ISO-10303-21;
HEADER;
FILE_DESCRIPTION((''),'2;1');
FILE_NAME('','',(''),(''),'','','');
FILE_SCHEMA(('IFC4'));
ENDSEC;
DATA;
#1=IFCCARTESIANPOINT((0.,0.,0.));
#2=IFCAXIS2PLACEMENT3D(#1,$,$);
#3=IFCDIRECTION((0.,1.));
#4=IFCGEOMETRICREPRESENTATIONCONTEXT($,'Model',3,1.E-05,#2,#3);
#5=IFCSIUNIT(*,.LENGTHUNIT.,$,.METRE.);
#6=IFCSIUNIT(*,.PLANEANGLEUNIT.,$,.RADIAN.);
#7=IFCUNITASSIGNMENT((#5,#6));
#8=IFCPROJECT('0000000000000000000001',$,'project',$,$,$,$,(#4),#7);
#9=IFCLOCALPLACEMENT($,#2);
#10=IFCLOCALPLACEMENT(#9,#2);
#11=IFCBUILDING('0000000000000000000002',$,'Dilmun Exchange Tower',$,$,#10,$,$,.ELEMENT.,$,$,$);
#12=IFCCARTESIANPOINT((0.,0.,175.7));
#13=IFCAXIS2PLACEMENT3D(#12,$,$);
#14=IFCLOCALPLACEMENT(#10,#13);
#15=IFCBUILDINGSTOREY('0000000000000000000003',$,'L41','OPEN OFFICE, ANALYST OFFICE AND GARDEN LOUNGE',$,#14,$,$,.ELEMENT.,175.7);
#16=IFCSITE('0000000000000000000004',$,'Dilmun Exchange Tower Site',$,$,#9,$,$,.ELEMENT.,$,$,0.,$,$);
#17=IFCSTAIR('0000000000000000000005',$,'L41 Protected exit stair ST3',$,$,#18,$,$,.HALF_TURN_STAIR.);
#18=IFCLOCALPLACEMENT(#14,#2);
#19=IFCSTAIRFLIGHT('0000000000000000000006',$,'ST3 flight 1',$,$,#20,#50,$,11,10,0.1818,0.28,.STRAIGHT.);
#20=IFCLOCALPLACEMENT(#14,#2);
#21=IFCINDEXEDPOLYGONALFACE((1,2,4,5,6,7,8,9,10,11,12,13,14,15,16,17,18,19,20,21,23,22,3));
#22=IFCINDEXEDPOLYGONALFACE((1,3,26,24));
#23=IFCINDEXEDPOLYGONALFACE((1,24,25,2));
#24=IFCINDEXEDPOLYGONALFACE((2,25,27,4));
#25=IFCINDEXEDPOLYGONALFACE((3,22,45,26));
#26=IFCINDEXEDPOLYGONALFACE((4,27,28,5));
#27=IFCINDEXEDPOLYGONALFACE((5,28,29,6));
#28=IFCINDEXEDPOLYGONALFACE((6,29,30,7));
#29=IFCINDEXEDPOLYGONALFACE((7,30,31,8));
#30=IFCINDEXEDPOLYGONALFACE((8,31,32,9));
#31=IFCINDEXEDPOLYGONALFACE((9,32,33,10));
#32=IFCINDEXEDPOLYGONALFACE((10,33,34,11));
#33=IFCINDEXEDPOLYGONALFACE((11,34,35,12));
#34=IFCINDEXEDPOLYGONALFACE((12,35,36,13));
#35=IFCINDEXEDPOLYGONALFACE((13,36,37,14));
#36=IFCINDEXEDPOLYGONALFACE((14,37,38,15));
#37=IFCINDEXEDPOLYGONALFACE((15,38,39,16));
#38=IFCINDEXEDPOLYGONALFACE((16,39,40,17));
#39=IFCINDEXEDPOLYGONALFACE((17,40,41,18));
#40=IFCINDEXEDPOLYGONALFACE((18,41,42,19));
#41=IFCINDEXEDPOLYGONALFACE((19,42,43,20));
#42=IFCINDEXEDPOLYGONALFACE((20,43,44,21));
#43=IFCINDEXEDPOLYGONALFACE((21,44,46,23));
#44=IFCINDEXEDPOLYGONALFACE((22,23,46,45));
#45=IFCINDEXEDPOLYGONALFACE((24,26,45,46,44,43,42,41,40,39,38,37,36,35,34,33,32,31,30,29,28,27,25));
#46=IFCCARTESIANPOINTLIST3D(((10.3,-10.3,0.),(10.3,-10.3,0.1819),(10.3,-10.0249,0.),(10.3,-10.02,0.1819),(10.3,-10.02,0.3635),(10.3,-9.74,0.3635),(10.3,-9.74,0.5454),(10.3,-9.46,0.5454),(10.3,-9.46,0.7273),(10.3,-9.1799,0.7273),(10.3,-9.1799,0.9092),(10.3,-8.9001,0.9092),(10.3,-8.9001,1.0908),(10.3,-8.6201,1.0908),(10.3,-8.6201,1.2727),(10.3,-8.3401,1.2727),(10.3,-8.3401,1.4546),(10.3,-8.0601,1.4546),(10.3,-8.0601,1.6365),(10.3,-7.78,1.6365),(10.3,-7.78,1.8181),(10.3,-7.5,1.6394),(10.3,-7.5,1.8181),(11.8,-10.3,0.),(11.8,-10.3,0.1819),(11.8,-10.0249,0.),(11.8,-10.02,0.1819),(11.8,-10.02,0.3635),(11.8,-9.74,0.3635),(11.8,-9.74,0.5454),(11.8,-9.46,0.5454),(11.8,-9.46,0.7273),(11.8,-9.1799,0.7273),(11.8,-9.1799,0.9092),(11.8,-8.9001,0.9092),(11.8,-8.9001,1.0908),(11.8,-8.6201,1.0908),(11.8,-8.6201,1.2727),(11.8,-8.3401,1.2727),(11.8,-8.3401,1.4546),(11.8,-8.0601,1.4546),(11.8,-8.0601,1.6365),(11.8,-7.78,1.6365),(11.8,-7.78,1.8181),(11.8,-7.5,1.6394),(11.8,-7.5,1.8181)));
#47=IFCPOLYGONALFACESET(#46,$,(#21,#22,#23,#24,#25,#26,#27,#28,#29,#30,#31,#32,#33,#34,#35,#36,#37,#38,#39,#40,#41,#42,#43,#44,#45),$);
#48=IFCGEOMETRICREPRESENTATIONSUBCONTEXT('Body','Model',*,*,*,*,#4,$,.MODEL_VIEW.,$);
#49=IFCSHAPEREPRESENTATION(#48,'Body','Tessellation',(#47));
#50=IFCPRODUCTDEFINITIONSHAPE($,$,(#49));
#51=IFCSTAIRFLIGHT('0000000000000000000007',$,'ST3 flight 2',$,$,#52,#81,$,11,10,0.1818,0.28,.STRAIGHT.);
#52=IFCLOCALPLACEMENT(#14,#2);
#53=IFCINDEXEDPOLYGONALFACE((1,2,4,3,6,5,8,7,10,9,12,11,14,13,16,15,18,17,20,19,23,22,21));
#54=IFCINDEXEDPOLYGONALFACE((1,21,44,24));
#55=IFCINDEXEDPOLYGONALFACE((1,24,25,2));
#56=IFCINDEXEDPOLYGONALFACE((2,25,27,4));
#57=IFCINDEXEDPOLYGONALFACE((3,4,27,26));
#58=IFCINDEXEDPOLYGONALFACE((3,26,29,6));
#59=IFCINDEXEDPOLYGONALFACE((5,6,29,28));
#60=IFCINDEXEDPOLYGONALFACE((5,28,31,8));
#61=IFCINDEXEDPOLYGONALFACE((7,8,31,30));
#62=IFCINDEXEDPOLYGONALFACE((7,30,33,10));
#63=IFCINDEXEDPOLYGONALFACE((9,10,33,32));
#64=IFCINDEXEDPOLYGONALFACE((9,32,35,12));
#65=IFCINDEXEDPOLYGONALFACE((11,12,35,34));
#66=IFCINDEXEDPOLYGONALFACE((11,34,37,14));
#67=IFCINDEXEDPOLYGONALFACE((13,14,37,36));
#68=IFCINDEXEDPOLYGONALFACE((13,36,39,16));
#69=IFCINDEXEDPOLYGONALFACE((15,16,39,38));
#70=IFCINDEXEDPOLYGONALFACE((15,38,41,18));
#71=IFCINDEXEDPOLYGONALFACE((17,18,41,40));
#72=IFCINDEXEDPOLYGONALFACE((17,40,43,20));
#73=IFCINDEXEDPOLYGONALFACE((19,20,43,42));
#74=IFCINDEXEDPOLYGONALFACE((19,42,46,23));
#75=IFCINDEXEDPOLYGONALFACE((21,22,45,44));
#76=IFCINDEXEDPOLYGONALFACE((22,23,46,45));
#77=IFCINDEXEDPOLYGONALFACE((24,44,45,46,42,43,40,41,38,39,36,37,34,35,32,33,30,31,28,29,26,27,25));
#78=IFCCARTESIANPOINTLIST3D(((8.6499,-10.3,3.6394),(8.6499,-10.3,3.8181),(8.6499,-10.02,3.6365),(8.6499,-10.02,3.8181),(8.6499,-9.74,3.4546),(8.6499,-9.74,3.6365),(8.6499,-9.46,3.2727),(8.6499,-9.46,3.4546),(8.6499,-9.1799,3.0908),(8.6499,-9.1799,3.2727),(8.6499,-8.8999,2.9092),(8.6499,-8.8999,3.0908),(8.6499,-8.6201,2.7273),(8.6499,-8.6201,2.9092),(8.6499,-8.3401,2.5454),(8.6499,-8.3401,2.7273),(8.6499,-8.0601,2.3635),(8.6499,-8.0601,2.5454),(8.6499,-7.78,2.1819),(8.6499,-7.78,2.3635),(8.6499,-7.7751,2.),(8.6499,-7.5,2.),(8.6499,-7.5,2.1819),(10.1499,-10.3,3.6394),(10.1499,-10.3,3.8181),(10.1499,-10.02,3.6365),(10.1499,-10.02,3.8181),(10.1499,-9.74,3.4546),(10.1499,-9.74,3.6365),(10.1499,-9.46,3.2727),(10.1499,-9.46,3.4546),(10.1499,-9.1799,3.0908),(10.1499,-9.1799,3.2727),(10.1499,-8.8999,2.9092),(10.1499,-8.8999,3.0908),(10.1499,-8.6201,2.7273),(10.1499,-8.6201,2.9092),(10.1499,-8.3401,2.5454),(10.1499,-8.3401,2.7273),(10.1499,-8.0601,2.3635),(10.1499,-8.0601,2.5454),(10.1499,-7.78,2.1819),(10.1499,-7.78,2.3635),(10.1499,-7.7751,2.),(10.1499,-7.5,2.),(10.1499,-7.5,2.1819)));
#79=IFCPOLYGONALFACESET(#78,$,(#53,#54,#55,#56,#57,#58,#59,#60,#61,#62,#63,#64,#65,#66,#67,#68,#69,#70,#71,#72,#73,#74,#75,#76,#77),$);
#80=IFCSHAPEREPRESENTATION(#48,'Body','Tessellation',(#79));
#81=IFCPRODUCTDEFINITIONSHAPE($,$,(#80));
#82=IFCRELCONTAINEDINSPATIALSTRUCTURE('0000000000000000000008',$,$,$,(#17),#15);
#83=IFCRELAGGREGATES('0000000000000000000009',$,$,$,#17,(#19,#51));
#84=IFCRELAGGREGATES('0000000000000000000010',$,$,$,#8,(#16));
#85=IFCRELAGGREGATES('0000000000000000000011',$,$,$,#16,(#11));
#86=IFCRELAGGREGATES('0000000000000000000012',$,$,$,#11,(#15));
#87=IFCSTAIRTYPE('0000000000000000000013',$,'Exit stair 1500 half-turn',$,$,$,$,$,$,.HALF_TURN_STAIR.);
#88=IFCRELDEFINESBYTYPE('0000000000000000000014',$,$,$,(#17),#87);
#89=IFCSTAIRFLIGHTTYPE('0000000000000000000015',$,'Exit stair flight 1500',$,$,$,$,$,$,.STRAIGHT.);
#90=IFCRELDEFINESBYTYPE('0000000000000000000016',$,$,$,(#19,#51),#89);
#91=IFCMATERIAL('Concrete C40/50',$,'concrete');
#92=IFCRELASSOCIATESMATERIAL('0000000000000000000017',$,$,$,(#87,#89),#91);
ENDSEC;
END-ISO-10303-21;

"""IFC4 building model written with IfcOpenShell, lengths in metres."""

from ifc_helpers import new_model, si_unit, direction, frame, origin, place, context, subcontext, project, spatial, polyline, outline, extrude, material, type_object, element, aggregate, save


model = new_model("IFC4")

# Units and contexts
model_context = context("Model", 3, precision=1e-05, world=origin(), true_north=direction((0.0, 1.0)))
body_context = subcontext(model_context, "Body", "Model", "MODEL_VIEW")
ifc_project = project(units=[si_unit("LENGTHUNIT", "METRE"), si_unit("PLANEANGLEUNIT", "RADIAN")], contexts=[model_context])

# Site, building, storey
site_placement = place(None, origin())
site = spatial("IfcSite", under=ifc_project, at=site_placement, Name="Dilmun Exchange Tower Site", CompositionType="ELEMENT", RefElevation=0.0)
building_placement = place(site_placement, origin())
building = spatial("IfcBuilding", under=site, at=building_placement, Name="Dilmun Exchange Tower", CompositionType="ELEMENT")
storey_placement = place(building_placement, frame((0.0, 0.0, 175.7)))
storey = spatial("IfcBuildingStorey", under=building, at=storey_placement, Name="L41", Description="OPEN OFFICE, ANALYST OFFICE AND GARDEN LOUNGE", CompositionType="ELEMENT", Elevation=175.7)

# Shared definitions
ifc_material_1 = material(Name="Concrete C40/50", Category="concrete")

# Stair, stair flights
stair_type = type_object("IfcStairType", Name="Exit stair 1500 half-turn", PredefinedType="HALF_TURN_STAIR", material=ifc_material_1)
stair_placement = place(storey_placement, origin())
stair = element("IfcStair", 1, at=stair_placement, inside=storey, type_object=stair_type, Name="L41 Protected exit stair ST3", PredefinedType="HALF_TURN_STAIR")
stair_flight_type = type_object("IfcStairFlightType", Name="Exit stair flight 1500", PredefinedType="STRAIGHT", material=ifc_material_1)
stair_flight_1_placement = place(storey_placement, frame((11.05, -10.3, 0.0), z_axis=(0.0, 0.0, 1.0), x_axis=(0.0, 1.0, 0.0)))
stair_flight_1 = element("IfcStairFlight", 2, at=stair_flight_1_placement, type_object=stair_flight_type, Name="ST3 flight 1", NumberOfRisers=11, NumberOfTreads=10, PredefinedType="STRAIGHT", RiserHeight=0.1818, TreadLength=0.28, context=body_context, shape_type="SweptSolid", body=[
    extrude(outline(polyline([(0.0, 0.0), (0.0, 0.1819), (0.28, 0.1819), (0.28, 0.3635), (0.5601, 0.3635), (0.5601, 0.5454), (0.8401, 0.5454), (0.8401, 0.7273), (1.1201, 0.7273), (1.1201, 0.9092), (1.3999, 0.9092), (1.3999, 1.0908), (1.6799, 1.0908), (1.6799, 1.2727), (1.96, 1.2727), (1.96, 1.4546), (2.24, 1.4546), (2.24, 1.6365), (2.52, 1.6365), (2.52, 1.8181), (2.8, 1.8181), (2.8, 2.0), (2.8, 1.6394), (0.2751, 0.0), (0.0, 0.0)])), frame((0.0, 0.75, 0.0), z_axis=(0.0, -1.0, 0.0), x_axis=(1.0, 0.0, 0.0)), (0.0, 0.0, 1.0), 1.5),
])
stair_flight_2_placement = place(storey_placement, frame((9.3999, -7.5, 2.0), z_axis=(0.0, 0.0, 1.0), x_axis=(0.0, -1.0, 0.0)))
stair_flight_2 = element("IfcStairFlight", 3, at=stair_flight_2_placement, type_object=stair_flight_type, Name="ST3 flight 2", NumberOfRisers=11, NumberOfTreads=10, PredefinedType="STRAIGHT", RiserHeight=0.1818, TreadLength=0.28, context=body_context, shape_type="SweptSolid", body=[
    extrude(outline(polyline([(0.0, 0.0), (0.0, 0.1819), (0.28, 0.1819), (0.28, 0.3635), (0.5601, 0.3635), (0.5601, 0.5454), (0.8401, 0.5454), (0.8401, 0.7273), (1.1201, 0.7273), (1.1201, 0.9092), (1.3999, 0.9092), (1.3999, 1.0908), (1.6799, 1.0908), (1.6799, 1.2727), (1.96, 1.2727), (1.96, 1.4546), (2.24, 1.4546), (2.24, 1.6365), (2.52, 1.6365), (2.52, 1.8181), (2.8, 1.8181), (2.8, 2.0), (2.8, 1.6394), (0.2751, 0.0), (0.0, 0.0)])), frame((0.0, 0.75, 0.0), z_axis=(0.0, -1.0, 0.0), x_axis=(1.0, 0.0, 0.0)), (0.0, 0.0, 1.0), 1.5),
])
aggregate(stair, [stair_flight_1, stair_flight_2])

save(model, "model.ifc")
